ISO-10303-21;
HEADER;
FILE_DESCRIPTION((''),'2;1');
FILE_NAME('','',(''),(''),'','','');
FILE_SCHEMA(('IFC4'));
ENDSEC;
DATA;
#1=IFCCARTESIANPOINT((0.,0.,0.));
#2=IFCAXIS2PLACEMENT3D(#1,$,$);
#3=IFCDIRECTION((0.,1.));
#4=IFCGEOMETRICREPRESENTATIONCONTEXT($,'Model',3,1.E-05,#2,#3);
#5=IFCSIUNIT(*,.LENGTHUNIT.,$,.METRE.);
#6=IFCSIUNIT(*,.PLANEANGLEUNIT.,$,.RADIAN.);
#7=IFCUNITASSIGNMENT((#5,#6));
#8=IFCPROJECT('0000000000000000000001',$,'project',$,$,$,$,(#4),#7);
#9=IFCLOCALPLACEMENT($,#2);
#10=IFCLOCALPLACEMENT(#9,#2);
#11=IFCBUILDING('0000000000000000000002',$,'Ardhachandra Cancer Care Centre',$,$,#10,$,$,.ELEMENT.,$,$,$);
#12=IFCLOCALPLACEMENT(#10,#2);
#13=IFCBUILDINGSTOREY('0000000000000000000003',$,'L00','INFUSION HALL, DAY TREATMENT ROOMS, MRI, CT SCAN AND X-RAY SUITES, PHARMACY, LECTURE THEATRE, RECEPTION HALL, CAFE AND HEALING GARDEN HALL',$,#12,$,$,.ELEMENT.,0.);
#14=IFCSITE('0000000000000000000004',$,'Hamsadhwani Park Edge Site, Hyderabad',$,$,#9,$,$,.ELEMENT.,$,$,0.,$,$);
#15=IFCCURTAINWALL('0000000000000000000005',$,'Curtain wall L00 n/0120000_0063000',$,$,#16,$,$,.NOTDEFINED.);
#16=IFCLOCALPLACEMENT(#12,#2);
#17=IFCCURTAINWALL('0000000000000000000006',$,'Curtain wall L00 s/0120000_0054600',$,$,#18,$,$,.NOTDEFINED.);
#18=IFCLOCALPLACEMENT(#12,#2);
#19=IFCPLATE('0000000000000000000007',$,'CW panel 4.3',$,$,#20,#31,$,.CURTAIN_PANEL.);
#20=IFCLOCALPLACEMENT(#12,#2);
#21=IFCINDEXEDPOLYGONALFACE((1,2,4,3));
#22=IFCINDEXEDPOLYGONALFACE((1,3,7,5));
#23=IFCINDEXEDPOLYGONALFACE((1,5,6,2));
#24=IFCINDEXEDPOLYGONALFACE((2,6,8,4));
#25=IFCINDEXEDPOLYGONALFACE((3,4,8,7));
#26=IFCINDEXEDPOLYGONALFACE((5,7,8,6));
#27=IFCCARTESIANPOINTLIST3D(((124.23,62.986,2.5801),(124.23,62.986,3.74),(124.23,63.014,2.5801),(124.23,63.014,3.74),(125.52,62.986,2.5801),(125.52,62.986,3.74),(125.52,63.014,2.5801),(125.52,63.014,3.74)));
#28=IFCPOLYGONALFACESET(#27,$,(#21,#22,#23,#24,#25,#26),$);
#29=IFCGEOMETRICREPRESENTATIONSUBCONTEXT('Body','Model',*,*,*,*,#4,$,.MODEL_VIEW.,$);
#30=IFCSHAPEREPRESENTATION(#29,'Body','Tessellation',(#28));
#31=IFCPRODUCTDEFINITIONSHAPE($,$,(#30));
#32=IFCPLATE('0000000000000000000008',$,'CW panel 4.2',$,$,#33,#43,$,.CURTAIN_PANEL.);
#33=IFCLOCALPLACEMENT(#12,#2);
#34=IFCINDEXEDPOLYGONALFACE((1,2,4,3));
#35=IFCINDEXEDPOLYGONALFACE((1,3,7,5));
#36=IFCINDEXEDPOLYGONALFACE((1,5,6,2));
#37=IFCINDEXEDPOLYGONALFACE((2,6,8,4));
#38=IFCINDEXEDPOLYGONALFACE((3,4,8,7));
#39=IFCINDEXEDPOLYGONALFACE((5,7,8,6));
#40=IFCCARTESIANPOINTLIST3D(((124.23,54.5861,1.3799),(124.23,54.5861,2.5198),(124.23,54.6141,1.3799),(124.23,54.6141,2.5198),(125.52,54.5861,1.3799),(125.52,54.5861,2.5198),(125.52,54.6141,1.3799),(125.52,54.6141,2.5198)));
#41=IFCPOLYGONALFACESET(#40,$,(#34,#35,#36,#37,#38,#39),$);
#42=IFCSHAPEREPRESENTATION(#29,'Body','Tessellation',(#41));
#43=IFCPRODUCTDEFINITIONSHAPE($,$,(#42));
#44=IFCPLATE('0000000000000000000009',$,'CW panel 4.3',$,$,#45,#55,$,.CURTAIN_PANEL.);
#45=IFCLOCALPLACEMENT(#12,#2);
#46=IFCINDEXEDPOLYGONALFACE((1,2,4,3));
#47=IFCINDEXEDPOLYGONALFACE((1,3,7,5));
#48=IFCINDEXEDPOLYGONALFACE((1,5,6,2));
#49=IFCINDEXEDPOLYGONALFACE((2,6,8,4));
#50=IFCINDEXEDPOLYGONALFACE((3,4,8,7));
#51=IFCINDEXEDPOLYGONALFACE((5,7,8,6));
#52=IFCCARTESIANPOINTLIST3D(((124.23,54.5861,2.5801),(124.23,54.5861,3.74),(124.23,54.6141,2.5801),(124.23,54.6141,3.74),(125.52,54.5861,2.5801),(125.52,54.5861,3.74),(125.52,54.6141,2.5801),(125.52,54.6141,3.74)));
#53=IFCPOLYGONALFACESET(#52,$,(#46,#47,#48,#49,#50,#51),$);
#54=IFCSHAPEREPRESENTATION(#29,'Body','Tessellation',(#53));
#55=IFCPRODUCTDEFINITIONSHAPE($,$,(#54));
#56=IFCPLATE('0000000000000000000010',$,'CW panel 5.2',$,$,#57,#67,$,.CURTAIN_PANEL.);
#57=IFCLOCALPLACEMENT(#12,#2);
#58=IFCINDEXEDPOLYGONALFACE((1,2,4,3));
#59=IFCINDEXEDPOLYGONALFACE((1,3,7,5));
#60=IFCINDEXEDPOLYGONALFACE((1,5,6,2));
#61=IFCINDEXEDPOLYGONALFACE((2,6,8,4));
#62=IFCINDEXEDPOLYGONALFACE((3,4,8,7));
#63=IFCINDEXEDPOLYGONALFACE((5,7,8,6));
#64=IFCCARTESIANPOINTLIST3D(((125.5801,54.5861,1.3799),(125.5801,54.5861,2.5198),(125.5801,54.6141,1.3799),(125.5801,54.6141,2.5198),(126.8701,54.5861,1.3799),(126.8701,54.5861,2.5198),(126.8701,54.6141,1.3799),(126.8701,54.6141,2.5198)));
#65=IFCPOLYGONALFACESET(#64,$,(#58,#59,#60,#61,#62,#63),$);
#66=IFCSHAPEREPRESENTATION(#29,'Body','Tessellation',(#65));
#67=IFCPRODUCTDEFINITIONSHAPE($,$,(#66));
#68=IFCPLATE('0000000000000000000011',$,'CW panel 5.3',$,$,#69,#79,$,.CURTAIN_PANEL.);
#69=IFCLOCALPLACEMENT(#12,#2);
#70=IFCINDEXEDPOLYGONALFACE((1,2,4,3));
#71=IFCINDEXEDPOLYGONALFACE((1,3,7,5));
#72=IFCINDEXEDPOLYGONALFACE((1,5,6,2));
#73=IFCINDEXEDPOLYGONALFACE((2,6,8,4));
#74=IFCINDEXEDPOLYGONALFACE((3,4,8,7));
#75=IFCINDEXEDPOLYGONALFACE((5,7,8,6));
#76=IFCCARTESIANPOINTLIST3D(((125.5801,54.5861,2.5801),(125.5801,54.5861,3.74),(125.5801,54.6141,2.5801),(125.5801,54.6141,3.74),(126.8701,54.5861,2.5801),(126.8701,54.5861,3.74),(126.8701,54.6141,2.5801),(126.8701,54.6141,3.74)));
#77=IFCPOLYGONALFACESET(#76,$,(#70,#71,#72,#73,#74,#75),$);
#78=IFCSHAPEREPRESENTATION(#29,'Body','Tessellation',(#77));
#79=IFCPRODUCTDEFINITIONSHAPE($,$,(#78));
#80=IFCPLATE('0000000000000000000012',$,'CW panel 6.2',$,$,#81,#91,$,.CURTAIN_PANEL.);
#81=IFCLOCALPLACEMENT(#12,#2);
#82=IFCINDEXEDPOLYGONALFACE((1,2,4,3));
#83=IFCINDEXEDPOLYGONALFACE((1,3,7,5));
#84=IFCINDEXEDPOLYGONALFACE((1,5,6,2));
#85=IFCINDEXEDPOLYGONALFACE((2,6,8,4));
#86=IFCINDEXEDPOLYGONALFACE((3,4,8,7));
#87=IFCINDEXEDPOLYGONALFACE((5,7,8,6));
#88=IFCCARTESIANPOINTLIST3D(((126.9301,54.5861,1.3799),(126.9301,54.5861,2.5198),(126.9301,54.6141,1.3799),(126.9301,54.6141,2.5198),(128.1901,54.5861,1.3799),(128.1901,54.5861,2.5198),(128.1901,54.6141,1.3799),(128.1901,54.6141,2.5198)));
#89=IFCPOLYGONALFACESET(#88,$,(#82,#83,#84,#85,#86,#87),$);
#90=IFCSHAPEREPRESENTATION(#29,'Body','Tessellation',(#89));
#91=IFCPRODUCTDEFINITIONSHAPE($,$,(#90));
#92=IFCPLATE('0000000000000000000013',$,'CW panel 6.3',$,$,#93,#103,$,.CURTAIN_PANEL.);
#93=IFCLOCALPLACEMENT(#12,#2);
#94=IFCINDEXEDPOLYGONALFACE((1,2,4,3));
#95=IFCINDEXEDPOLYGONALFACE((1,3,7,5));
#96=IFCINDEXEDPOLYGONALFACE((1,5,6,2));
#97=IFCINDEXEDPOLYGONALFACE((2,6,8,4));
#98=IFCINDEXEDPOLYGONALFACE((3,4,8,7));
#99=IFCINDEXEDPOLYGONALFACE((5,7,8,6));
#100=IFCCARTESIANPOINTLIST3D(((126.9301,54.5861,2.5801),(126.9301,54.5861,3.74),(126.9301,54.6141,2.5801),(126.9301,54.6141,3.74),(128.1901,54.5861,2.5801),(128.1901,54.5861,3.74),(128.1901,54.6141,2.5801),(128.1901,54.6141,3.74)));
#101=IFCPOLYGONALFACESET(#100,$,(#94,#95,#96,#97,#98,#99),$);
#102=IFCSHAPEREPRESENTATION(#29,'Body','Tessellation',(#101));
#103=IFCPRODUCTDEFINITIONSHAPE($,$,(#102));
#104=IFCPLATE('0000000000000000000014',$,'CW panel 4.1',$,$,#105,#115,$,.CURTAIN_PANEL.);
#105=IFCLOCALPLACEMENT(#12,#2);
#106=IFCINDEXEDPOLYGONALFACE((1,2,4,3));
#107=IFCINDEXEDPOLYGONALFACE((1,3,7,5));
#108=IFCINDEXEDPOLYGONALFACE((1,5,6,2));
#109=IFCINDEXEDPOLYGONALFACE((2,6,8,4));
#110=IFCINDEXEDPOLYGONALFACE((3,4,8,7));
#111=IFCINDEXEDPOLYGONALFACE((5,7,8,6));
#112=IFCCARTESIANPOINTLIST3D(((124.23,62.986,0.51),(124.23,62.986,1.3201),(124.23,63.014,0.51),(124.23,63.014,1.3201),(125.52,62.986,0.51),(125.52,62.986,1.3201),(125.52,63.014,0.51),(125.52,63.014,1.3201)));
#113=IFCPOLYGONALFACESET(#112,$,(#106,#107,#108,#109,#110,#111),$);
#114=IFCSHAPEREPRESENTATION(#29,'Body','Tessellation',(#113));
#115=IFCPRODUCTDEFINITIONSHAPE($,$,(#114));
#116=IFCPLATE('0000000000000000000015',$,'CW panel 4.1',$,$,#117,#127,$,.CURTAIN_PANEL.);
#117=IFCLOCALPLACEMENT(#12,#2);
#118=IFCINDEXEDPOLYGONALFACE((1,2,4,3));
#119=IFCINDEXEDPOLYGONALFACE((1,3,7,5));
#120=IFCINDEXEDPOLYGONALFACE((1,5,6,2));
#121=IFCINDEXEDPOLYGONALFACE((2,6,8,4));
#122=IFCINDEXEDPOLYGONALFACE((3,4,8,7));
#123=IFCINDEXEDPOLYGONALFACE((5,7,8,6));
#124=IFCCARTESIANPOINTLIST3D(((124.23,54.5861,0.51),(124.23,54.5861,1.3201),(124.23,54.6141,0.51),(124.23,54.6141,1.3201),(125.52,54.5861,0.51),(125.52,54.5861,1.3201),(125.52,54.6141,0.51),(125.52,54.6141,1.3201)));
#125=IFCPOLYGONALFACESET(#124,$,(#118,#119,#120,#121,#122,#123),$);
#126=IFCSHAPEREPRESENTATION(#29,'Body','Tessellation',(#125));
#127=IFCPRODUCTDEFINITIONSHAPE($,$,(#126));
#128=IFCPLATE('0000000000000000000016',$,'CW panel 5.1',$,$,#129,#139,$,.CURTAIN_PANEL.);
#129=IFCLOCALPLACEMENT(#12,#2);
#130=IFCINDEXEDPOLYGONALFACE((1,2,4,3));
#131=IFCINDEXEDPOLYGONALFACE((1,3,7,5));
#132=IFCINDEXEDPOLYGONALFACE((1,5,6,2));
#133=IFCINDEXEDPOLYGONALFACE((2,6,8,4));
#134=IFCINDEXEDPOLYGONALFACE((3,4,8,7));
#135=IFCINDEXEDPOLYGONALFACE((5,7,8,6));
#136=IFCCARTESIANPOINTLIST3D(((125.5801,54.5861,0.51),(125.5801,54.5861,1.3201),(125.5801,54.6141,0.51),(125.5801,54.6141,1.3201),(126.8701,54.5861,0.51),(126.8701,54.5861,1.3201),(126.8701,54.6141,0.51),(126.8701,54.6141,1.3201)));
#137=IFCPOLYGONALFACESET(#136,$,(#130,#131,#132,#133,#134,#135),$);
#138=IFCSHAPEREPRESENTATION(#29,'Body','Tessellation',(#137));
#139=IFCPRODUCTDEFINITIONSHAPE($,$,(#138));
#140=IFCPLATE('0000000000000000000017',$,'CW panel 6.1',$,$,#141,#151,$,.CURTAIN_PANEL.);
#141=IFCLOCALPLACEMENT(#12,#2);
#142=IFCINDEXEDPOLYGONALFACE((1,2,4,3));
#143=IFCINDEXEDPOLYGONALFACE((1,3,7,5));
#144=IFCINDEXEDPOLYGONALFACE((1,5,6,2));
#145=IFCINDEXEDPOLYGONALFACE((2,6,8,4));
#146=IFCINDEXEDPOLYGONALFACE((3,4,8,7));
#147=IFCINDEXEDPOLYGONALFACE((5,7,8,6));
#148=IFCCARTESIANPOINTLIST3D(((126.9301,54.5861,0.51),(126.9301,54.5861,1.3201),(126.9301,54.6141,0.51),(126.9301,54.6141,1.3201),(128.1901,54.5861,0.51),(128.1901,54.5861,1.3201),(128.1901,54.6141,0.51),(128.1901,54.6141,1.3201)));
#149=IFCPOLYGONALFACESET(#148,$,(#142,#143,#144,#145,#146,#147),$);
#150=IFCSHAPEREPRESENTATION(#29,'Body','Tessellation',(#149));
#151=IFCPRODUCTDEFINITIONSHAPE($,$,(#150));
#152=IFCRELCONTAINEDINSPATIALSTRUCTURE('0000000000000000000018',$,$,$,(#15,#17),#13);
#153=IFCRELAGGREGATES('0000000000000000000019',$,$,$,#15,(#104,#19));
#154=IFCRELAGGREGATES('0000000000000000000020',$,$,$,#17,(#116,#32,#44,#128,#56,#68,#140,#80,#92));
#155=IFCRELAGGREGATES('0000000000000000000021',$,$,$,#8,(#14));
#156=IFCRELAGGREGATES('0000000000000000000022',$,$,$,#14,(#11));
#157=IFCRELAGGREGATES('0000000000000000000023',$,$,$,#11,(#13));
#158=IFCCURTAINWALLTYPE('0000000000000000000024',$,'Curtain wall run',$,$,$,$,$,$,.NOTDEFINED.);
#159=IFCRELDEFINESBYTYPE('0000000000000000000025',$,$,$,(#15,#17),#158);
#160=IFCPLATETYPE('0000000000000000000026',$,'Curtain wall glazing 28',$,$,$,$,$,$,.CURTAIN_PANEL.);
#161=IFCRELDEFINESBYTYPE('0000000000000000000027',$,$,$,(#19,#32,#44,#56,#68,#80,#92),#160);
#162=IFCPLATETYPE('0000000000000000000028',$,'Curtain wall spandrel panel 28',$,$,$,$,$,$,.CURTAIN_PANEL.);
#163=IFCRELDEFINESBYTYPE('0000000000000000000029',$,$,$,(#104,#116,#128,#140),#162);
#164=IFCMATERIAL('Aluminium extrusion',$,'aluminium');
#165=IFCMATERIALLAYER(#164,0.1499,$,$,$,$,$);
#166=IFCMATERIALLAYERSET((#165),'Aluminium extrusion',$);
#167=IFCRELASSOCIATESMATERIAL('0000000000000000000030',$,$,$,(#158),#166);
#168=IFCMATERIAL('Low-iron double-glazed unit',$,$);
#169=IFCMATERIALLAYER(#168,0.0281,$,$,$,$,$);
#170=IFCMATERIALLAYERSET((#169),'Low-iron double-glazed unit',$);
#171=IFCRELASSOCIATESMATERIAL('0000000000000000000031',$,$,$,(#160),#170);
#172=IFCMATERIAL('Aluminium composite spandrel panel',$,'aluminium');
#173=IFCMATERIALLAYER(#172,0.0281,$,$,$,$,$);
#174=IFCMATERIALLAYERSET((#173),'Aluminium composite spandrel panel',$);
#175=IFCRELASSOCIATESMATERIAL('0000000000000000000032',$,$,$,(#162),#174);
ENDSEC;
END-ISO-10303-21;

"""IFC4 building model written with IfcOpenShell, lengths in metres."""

from ifc_helpers import new_model, si_unit, direction, frame, origin, origin_2d, place, context, subcontext, project, spatial, rectangle, extrude, material, layer, layer_set, type_object, element, aggregate, save


model = new_model("IFC4")

# Units and contexts
model_context = context("Model", 3, precision=1e-05, world=origin(), true_north=direction((0.0, 1.0)))
body_context = subcontext(model_context, "Body", "Model", "MODEL_VIEW")
ifc_project = project(units=[si_unit("LENGTHUNIT", "METRE"), si_unit("PLANEANGLEUNIT", "RADIAN")], contexts=[model_context])

# Site, building, storey
site_placement = place(None, origin())
site = spatial("IfcSite", under=ifc_project, at=site_placement, Name="Hamsadhwani Park Edge Site, Hyderabad", CompositionType="ELEMENT", RefElevation=0.0)
building_placement = place(site_placement, origin())
building = spatial("IfcBuilding", under=site, at=building_placement, Name="Ardhachandra Cancer Care Centre", CompositionType="ELEMENT")
storey_placement = place(building_placement, origin())
storey = spatial("IfcBuildingStorey", under=building, at=storey_placement, Name="L00", Description="INFUSION HALL, DAY TREATMENT ROOMS, MRI, CT SCAN AND X-RAY SUITES, PHARMACY, LECTURE THEATRE, RECEPTION HALL, CAFE AND HEALING GARDEN HALL", CompositionType="ELEMENT", Elevation=0.0)

# Curtain wall
ifc_material_1 = material(Name="Aluminium extrusion", Category="aluminium")
ifc_layer_1 = layer(ifc_material_1, 0.1499)
ifc_layer_set_1 = layer_set([ifc_layer_1], Name="Aluminium extrusion")
curtain_wall_type = type_object("IfcCurtainWallType", Name="Curtain wall run", PredefinedType="NOTDEFINED", material=ifc_layer_set_1)
curtain_wall_1_placement = place(storey_placement, origin())
curtain_wall_1 = element("IfcCurtainWall", 1, at=curtain_wall_1_placement, inside=storey, type_object=curtain_wall_type, Name="Curtain wall L00 n/0120000_0063000", PredefinedType="NOTDEFINED")

# Curtain wall
curtain_wall_2_placement = place(storey_placement, origin())
curtain_wall_2 = element("IfcCurtainWall", 2, at=curtain_wall_2_placement, inside=storey, type_object=curtain_wall_type, Name="Curtain wall L00 s/0120000_0054600", PredefinedType="NOTDEFINED")

# Plates
ifc_material_2 = material(Name="Low-iron double-glazed unit")
ifc_layer_2 = layer(ifc_material_2, 0.0281)
ifc_layer_set_2 = layer_set([ifc_layer_2], Name="Low-iron double-glazed unit")
plate_type_1 = type_object("IfcPlateType", Name="Curtain wall glazing 28", PredefinedType="CURTAIN_PANEL", material=ifc_layer_set_2)
plate_1_placement = place(storey_placement, frame((124.875, 63.0, 2.5801), z_axis=(0.0, 0.0, 1.0), x_axis=(1.0, 0.0, 0.0)))
plate_1 = element("IfcPlate", 3, at=plate_1_placement, type_object=plate_type_1, Name="CW panel 4.3", PredefinedType="CURTAIN_PANEL", context=body_context, shape_type="SweptSolid", body=[
    extrude(rectangle(XDim=1.29, YDim=0.0281, at=origin_2d()), origin(), (0.0, 0.0, 1.0), 1.1599),
])
plate_2_placement = place(storey_placement, frame((124.875, 54.6001, 1.3799), z_axis=(0.0, 0.0, 1.0), x_axis=(1.0, 0.0, 0.0)))
plate_2 = element("IfcPlate", 4, at=plate_2_placement, type_object=plate_type_1, Name="CW panel 4.2", PredefinedType="CURTAIN_PANEL", context=body_context, shape_type="SweptSolid", body=[
    extrude(rectangle(XDim=1.29, YDim=0.0281, at=origin_2d()), origin(), (0.0, 0.0, 1.0), 1.1399),
])
plate_3_placement = place(storey_placement, frame((124.875, 54.6001, 2.5801), z_axis=(0.0, 0.0, 1.0), x_axis=(1.0, 0.0, 0.0)))
plate_3 = element("IfcPlate", 5, at=plate_3_placement, type_object=plate_type_1, Name="CW panel 4.3", PredefinedType="CURTAIN_PANEL", context=body_context, shape_type="SweptSolid", body=[
    extrude(rectangle(XDim=1.29, YDim=0.0281, at=origin_2d()), origin(), (0.0, 0.0, 1.0), 1.1599),
])
plate_4_placement = place(storey_placement, frame((126.2251, 54.6001, 1.3799), z_axis=(0.0, 0.0, 1.0), x_axis=(1.0, 0.0, 0.0)))
plate_4 = element("IfcPlate", 6, at=plate_4_placement, type_object=plate_type_1, Name="CW panel 5.2", PredefinedType="CURTAIN_PANEL", context=body_context, shape_type="SweptSolid", body=[
    extrude(rectangle(XDim=1.29, YDim=0.0281, at=origin_2d()), origin(), (0.0, 0.0, 1.0), 1.1399),
])
plate_5_placement = place(storey_placement, frame((126.2251, 54.6001, 2.5801), z_axis=(0.0, 0.0, 1.0), x_axis=(1.0, 0.0, 0.0)))
plate_5 = element("IfcPlate", 7, at=plate_5_placement, type_object=plate_type_1, Name="CW panel 5.3", PredefinedType="CURTAIN_PANEL", context=body_context, shape_type="SweptSolid", body=[
    extrude(rectangle(XDim=1.29, YDim=0.0281, at=origin_2d()), origin(), (0.0, 0.0, 1.0), 1.1599),
])
plate_6_placement = place(storey_placement, frame((127.5601, 54.6001, 1.3799), z_axis=(0.0, 0.0, 1.0), x_axis=(1.0, 0.0, 0.0)))
plate_6 = element("IfcPlate", 8, at=plate_6_placement, type_object=plate_type_1, Name="CW panel 6.2", PredefinedType="CURTAIN_PANEL", context=body_context, shape_type="SweptSolid", body=[
    extrude(rectangle(XDim=1.26, YDim=0.0281, at=origin_2d()), origin(), (0.0, 0.0, 1.0), 1.1399),
])
plate_7_placement = place(storey_placement, frame((127.5601, 54.6001, 2.5801), z_axis=(0.0, 0.0, 1.0), x_axis=(1.0, 0.0, 0.0)))
plate_7 = element("IfcPlate", 9, at=plate_7_placement, type_object=plate_type_1, Name="CW panel 6.3", PredefinedType="CURTAIN_PANEL", context=body_context, shape_type="SweptSolid", body=[
    extrude(rectangle(XDim=1.26, YDim=0.0281, at=origin_2d()), origin(), (0.0, 0.0, 1.0), 1.1599),
])
ifc_material_3 = material(Name="Aluminium composite spandrel panel", Category="aluminium")
ifc_layer_3 = layer(ifc_material_3, 0.0281)
ifc_layer_set_3 = layer_set([ifc_layer_3], Name="Aluminium composite spandrel panel")
plate_type_2 = type_object("IfcPlateType", Name="Curtain wall spandrel panel 28", PredefinedType="CURTAIN_PANEL", material=ifc_layer_set_3)
plate_8_placement = place(storey_placement, frame((124.875, 63.0, 0.51), z_axis=(0.0, 0.0, 1.0), x_axis=(1.0, 0.0, 0.0)))
plate_8 = element("IfcPlate", 10, at=plate_8_placement, type_object=plate_type_2, Name="CW panel 4.1", PredefinedType="CURTAIN_PANEL", context=body_context, shape_type="SweptSolid", body=[
    extrude(rectangle(XDim=1.29, YDim=0.0281, at=origin_2d()), origin(), (0.0, 0.0, 1.0), 0.8101),
])
aggregate(curtain_wall_1, [plate_8, plate_1])
plate_9_placement = place(storey_placement, frame((124.875, 54.6001, 0.51), z_axis=(0.0, 0.0, 1.0), x_axis=(1.0, 0.0, 0.0)))
plate_9 = element("IfcPlate", 11, at=plate_9_placement, type_object=plate_type_2, Name="CW panel 4.1", PredefinedType="CURTAIN_PANEL", context=body_context, shape_type="SweptSolid", body=[
    extrude(rectangle(XDim=1.29, YDim=0.0281, at=origin_2d()), origin(), (0.0, 0.0, 1.0), 0.8101),
])
plate_10_placement = place(storey_placement, frame((126.2251, 54.6001, 0.51), z_axis=(0.0, 0.0, 1.0), x_axis=(1.0, 0.0, 0.0)))
plate_10 = element("IfcPlate", 12, at=plate_10_placement, type_object=plate_type_2, Name="CW panel 5.1", PredefinedType="CURTAIN_PANEL", context=body_context, shape_type="SweptSolid", body=[
    extrude(rectangle(XDim=1.29, YDim=0.0281, at=origin_2d()), origin(), (0.0, 0.0, 1.0), 0.8101),
])
plate_11_placement = place(storey_placement, frame((127.5601, 54.6001, 0.51), z_axis=(0.0, 0.0, 1.0), x_axis=(1.0, 0.0, 0.0)))
plate_11 = element("IfcPlate", 13, at=plate_11_placement, type_object=plate_type_2, Name="CW panel 6.1", PredefinedType="CURTAIN_PANEL", context=body_context, shape_type="SweptSolid", body=[
    extrude(rectangle(XDim=1.26, YDim=0.0281, at=origin_2d()), origin(), (0.0, 0.0, 1.0), 0.8101),
])
aggregate(curtain_wall_2, [plate_9, plate_2, plate_3, plate_10, plate_4, plate_5, plate_11, plate_6, plate_7])

save(model, "model.ifc")
